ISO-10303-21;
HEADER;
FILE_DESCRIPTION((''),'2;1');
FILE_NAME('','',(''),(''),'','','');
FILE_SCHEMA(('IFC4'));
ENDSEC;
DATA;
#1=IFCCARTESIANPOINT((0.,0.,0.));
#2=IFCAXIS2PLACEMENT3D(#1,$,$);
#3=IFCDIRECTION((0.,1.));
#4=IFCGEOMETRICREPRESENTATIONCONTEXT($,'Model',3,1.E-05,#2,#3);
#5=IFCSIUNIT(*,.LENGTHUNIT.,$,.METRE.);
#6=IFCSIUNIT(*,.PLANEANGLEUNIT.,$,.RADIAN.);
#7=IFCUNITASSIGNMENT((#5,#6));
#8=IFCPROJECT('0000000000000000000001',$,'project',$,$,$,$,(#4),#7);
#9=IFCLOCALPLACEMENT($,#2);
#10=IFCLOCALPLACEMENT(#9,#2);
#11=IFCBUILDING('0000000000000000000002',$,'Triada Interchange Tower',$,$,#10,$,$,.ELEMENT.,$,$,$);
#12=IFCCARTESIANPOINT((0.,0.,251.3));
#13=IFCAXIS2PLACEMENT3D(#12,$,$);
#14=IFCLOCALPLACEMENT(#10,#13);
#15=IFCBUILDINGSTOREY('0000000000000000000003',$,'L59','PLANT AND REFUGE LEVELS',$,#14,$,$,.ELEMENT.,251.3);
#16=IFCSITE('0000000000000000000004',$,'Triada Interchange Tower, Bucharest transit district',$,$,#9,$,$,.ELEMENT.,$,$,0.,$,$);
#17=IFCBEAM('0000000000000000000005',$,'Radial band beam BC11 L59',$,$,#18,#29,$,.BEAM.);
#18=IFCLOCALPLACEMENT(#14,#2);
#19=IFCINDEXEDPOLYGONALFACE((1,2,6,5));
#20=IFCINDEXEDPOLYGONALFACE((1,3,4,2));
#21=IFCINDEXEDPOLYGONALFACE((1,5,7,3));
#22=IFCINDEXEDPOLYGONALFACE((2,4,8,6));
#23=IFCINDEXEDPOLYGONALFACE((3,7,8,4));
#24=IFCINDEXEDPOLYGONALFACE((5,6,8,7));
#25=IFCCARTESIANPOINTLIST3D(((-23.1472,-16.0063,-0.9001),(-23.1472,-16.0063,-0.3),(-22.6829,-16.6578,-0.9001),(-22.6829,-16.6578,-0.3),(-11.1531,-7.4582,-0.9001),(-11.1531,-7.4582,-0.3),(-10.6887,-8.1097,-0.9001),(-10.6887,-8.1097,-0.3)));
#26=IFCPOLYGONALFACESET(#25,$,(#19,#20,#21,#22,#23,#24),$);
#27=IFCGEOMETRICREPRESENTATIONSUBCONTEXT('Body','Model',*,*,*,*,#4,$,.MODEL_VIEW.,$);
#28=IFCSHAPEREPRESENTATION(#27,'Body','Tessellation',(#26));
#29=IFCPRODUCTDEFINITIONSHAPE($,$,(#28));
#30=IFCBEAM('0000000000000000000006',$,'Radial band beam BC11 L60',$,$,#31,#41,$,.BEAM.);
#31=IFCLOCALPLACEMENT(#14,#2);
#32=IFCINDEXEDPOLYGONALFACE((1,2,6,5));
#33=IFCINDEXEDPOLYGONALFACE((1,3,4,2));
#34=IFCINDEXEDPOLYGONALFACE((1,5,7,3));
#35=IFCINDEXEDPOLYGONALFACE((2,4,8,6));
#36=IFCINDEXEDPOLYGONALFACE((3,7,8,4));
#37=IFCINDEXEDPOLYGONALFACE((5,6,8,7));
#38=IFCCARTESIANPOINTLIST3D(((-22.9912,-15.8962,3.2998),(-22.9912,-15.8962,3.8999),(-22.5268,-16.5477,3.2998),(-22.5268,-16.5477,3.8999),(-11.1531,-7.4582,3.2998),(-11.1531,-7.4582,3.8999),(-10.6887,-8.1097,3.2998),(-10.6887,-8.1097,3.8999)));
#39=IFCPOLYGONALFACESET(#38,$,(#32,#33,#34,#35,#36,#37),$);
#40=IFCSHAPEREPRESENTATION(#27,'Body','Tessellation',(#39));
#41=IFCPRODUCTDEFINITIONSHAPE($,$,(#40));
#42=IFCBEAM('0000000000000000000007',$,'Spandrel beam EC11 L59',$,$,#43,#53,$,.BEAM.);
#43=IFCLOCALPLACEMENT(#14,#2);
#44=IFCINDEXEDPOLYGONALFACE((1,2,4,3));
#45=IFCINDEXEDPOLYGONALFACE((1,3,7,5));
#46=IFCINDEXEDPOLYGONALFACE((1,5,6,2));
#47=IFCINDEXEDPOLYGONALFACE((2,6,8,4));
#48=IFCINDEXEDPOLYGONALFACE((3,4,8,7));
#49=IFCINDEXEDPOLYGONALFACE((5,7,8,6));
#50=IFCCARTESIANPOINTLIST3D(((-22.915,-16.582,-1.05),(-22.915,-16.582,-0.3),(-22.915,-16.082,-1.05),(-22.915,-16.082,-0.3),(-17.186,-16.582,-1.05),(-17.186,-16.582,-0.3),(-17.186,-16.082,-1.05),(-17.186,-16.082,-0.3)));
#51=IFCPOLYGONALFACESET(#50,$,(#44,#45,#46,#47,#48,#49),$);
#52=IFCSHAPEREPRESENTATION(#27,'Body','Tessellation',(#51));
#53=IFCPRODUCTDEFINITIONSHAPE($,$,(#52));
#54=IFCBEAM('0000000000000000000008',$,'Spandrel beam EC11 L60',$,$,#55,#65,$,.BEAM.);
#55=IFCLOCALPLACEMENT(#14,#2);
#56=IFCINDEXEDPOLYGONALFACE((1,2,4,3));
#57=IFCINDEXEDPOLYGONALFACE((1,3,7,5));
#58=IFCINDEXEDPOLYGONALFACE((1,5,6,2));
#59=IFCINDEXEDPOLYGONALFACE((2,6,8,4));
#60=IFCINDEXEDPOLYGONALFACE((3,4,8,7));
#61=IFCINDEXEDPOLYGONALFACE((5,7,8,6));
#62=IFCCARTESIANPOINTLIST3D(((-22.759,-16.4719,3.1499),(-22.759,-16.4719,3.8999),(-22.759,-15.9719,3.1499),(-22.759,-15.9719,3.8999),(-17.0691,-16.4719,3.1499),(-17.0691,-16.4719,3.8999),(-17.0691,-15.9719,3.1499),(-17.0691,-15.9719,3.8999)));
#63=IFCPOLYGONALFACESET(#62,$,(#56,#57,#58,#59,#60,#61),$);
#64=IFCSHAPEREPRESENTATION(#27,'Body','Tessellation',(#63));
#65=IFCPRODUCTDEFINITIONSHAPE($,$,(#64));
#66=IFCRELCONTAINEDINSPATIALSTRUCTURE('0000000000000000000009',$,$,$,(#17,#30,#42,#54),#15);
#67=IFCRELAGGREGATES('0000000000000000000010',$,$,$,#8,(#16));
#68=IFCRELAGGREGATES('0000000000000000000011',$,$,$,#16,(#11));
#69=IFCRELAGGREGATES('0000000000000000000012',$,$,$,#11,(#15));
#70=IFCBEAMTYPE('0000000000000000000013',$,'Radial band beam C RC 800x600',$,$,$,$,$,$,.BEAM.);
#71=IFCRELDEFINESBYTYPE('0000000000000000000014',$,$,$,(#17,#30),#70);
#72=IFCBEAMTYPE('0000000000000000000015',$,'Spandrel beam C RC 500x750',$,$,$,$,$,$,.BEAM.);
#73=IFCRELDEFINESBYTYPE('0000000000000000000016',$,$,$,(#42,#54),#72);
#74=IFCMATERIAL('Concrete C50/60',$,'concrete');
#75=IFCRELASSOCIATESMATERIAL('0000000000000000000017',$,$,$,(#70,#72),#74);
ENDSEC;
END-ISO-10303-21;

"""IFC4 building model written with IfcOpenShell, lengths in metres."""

from ifc_helpers import new_model, si_unit, direction, frame, origin, origin_2d, place, context, subcontext, project, spatial, rectangle, extrude, material, material_profile, profile_set, type_object, element, save


model = new_model("IFC4")

# Units and contexts
model_context = context("Model", 3, precision=1e-05, world=origin(), true_north=direction((0.0, 1.0)))
body_context = subcontext(model_context, "Body", "Model", "MODEL_VIEW")
ifc_project = project(units=[si_unit("LENGTHUNIT", "METRE"), si_unit("PLANEANGLEUNIT", "RADIAN")], contexts=[model_context])

# Site, building, storey
site_placement = place(None, origin())
site = spatial("IfcSite", under=ifc_project, at=site_placement, Name="Triada Interchange Tower, Bucharest transit district", CompositionType="ELEMENT", RefElevation=0.0)
building_placement = place(site_placement, origin())
building = spatial("IfcBuilding", under=site, at=building_placement, Name="Triada Interchange Tower", CompositionType="ELEMENT")
storey_placement = place(building_placement, frame((0.0, 0.0, 251.3)))
storey = spatial("IfcBuildingStorey", under=building, at=storey_placement, Name="L59", Description="PLANT AND REFUGE LEVELS", CompositionType="ELEMENT", Elevation=251.3)

# Shared definitions
ifc_material_1 = material(Name="Concrete C50/60", Category="concrete")

# Beams
ifc_material_profile_1 = material_profile(ifc_material_1, rectangle(XDim=0.8, YDim=0.6001, at=origin_2d()), Name="RC 800x600")
ifc_profile_set_1 = profile_set([ifc_material_profile_1], Name="Concrete C50/60")
beam_type_1 = type_object("IfcBeamType", Name="Radial band beam C RC 800x600", PredefinedType="BEAM", material=ifc_profile_set_1)
beam_1_placement = place(storey_placement, frame((-22.915, -16.332, -0.6001), z_axis=(0.814348, 0.580377, 0.0), x_axis=(-0.580377, 0.814348, 0.0)))
element("IfcBeam", 1, at=beam_1_placement, inside=storey, type_object=beam_type_1, Name="Radial band beam BC11 L59", PredefinedType="BEAM", context=body_context, shape_type="SweptSolid", body=[
    extrude(rectangle(XDim=0.8, YDim=0.6001, at=origin_2d()), origin(), (0.0, 0.0, 1.0), 14.7285),
])
beam_2_placement = place(storey_placement, frame((-22.759, -16.2219, 3.5999), z_axis=(0.814313, 0.580426, 0.0), x_axis=(-0.580426, 0.814313, 0.0)))
element("IfcBeam", 2, at=beam_2_placement, inside=storey, type_object=beam_type_1, Name="Radial band beam BC11 L60", PredefinedType="BEAM", context=body_context, shape_type="SweptSolid", body=[
    extrude(rectangle(XDim=0.8, YDim=0.6001, at=origin_2d()), origin(), (0.0, 0.0, 1.0), 14.5376),
])
ifc_material_profile_2 = material_profile(ifc_material_1, rectangle(XDim=0.5, YDim=0.75, at=origin_2d()), Name="RC 500x750")
ifc_profile_set_2 = profile_set([ifc_material_profile_2], Name="Concrete C50/60")
beam_type_2 = type_object("IfcBeamType", Name="Spandrel beam C RC 500x750", PredefinedType="BEAM", material=ifc_profile_set_2)
beam_3_placement = place(storey_placement, frame((-22.915, -16.332, -0.675), z_axis=(1.0, 0.0, 0.0), x_axis=(0.0, 1.0, 0.0)))
element("IfcBeam", 3, at=beam_3_placement, inside=storey, type_object=beam_type_2, Name="Spandrel beam EC11 L59", PredefinedType="BEAM", context=body_context, shape_type="SweptSolid", body=[
    extrude(rectangle(XDim=0.5, YDim=0.75, at=origin_2d()), origin(), (0.0, 0.0, 1.0), 5.729),
])
beam_4_placement = place(storey_placement, frame((-22.759, -16.2219, 3.5249), z_axis=(1.0, 0.0, 0.0), x_axis=(0.0, 1.0, 0.0)))
element("IfcBeam", 4, at=beam_4_placement, inside=storey, type_object=beam_type_2, Name="Spandrel beam EC11 L60", PredefinedType="BEAM", context=body_context, shape_type="SweptSolid", body=[
    extrude(rectangle(XDim=0.5, YDim=0.75, at=origin_2d()), origin(), (0.0, 0.0, 1.0), 5.6899),
])

save(model, "model.ifc")
